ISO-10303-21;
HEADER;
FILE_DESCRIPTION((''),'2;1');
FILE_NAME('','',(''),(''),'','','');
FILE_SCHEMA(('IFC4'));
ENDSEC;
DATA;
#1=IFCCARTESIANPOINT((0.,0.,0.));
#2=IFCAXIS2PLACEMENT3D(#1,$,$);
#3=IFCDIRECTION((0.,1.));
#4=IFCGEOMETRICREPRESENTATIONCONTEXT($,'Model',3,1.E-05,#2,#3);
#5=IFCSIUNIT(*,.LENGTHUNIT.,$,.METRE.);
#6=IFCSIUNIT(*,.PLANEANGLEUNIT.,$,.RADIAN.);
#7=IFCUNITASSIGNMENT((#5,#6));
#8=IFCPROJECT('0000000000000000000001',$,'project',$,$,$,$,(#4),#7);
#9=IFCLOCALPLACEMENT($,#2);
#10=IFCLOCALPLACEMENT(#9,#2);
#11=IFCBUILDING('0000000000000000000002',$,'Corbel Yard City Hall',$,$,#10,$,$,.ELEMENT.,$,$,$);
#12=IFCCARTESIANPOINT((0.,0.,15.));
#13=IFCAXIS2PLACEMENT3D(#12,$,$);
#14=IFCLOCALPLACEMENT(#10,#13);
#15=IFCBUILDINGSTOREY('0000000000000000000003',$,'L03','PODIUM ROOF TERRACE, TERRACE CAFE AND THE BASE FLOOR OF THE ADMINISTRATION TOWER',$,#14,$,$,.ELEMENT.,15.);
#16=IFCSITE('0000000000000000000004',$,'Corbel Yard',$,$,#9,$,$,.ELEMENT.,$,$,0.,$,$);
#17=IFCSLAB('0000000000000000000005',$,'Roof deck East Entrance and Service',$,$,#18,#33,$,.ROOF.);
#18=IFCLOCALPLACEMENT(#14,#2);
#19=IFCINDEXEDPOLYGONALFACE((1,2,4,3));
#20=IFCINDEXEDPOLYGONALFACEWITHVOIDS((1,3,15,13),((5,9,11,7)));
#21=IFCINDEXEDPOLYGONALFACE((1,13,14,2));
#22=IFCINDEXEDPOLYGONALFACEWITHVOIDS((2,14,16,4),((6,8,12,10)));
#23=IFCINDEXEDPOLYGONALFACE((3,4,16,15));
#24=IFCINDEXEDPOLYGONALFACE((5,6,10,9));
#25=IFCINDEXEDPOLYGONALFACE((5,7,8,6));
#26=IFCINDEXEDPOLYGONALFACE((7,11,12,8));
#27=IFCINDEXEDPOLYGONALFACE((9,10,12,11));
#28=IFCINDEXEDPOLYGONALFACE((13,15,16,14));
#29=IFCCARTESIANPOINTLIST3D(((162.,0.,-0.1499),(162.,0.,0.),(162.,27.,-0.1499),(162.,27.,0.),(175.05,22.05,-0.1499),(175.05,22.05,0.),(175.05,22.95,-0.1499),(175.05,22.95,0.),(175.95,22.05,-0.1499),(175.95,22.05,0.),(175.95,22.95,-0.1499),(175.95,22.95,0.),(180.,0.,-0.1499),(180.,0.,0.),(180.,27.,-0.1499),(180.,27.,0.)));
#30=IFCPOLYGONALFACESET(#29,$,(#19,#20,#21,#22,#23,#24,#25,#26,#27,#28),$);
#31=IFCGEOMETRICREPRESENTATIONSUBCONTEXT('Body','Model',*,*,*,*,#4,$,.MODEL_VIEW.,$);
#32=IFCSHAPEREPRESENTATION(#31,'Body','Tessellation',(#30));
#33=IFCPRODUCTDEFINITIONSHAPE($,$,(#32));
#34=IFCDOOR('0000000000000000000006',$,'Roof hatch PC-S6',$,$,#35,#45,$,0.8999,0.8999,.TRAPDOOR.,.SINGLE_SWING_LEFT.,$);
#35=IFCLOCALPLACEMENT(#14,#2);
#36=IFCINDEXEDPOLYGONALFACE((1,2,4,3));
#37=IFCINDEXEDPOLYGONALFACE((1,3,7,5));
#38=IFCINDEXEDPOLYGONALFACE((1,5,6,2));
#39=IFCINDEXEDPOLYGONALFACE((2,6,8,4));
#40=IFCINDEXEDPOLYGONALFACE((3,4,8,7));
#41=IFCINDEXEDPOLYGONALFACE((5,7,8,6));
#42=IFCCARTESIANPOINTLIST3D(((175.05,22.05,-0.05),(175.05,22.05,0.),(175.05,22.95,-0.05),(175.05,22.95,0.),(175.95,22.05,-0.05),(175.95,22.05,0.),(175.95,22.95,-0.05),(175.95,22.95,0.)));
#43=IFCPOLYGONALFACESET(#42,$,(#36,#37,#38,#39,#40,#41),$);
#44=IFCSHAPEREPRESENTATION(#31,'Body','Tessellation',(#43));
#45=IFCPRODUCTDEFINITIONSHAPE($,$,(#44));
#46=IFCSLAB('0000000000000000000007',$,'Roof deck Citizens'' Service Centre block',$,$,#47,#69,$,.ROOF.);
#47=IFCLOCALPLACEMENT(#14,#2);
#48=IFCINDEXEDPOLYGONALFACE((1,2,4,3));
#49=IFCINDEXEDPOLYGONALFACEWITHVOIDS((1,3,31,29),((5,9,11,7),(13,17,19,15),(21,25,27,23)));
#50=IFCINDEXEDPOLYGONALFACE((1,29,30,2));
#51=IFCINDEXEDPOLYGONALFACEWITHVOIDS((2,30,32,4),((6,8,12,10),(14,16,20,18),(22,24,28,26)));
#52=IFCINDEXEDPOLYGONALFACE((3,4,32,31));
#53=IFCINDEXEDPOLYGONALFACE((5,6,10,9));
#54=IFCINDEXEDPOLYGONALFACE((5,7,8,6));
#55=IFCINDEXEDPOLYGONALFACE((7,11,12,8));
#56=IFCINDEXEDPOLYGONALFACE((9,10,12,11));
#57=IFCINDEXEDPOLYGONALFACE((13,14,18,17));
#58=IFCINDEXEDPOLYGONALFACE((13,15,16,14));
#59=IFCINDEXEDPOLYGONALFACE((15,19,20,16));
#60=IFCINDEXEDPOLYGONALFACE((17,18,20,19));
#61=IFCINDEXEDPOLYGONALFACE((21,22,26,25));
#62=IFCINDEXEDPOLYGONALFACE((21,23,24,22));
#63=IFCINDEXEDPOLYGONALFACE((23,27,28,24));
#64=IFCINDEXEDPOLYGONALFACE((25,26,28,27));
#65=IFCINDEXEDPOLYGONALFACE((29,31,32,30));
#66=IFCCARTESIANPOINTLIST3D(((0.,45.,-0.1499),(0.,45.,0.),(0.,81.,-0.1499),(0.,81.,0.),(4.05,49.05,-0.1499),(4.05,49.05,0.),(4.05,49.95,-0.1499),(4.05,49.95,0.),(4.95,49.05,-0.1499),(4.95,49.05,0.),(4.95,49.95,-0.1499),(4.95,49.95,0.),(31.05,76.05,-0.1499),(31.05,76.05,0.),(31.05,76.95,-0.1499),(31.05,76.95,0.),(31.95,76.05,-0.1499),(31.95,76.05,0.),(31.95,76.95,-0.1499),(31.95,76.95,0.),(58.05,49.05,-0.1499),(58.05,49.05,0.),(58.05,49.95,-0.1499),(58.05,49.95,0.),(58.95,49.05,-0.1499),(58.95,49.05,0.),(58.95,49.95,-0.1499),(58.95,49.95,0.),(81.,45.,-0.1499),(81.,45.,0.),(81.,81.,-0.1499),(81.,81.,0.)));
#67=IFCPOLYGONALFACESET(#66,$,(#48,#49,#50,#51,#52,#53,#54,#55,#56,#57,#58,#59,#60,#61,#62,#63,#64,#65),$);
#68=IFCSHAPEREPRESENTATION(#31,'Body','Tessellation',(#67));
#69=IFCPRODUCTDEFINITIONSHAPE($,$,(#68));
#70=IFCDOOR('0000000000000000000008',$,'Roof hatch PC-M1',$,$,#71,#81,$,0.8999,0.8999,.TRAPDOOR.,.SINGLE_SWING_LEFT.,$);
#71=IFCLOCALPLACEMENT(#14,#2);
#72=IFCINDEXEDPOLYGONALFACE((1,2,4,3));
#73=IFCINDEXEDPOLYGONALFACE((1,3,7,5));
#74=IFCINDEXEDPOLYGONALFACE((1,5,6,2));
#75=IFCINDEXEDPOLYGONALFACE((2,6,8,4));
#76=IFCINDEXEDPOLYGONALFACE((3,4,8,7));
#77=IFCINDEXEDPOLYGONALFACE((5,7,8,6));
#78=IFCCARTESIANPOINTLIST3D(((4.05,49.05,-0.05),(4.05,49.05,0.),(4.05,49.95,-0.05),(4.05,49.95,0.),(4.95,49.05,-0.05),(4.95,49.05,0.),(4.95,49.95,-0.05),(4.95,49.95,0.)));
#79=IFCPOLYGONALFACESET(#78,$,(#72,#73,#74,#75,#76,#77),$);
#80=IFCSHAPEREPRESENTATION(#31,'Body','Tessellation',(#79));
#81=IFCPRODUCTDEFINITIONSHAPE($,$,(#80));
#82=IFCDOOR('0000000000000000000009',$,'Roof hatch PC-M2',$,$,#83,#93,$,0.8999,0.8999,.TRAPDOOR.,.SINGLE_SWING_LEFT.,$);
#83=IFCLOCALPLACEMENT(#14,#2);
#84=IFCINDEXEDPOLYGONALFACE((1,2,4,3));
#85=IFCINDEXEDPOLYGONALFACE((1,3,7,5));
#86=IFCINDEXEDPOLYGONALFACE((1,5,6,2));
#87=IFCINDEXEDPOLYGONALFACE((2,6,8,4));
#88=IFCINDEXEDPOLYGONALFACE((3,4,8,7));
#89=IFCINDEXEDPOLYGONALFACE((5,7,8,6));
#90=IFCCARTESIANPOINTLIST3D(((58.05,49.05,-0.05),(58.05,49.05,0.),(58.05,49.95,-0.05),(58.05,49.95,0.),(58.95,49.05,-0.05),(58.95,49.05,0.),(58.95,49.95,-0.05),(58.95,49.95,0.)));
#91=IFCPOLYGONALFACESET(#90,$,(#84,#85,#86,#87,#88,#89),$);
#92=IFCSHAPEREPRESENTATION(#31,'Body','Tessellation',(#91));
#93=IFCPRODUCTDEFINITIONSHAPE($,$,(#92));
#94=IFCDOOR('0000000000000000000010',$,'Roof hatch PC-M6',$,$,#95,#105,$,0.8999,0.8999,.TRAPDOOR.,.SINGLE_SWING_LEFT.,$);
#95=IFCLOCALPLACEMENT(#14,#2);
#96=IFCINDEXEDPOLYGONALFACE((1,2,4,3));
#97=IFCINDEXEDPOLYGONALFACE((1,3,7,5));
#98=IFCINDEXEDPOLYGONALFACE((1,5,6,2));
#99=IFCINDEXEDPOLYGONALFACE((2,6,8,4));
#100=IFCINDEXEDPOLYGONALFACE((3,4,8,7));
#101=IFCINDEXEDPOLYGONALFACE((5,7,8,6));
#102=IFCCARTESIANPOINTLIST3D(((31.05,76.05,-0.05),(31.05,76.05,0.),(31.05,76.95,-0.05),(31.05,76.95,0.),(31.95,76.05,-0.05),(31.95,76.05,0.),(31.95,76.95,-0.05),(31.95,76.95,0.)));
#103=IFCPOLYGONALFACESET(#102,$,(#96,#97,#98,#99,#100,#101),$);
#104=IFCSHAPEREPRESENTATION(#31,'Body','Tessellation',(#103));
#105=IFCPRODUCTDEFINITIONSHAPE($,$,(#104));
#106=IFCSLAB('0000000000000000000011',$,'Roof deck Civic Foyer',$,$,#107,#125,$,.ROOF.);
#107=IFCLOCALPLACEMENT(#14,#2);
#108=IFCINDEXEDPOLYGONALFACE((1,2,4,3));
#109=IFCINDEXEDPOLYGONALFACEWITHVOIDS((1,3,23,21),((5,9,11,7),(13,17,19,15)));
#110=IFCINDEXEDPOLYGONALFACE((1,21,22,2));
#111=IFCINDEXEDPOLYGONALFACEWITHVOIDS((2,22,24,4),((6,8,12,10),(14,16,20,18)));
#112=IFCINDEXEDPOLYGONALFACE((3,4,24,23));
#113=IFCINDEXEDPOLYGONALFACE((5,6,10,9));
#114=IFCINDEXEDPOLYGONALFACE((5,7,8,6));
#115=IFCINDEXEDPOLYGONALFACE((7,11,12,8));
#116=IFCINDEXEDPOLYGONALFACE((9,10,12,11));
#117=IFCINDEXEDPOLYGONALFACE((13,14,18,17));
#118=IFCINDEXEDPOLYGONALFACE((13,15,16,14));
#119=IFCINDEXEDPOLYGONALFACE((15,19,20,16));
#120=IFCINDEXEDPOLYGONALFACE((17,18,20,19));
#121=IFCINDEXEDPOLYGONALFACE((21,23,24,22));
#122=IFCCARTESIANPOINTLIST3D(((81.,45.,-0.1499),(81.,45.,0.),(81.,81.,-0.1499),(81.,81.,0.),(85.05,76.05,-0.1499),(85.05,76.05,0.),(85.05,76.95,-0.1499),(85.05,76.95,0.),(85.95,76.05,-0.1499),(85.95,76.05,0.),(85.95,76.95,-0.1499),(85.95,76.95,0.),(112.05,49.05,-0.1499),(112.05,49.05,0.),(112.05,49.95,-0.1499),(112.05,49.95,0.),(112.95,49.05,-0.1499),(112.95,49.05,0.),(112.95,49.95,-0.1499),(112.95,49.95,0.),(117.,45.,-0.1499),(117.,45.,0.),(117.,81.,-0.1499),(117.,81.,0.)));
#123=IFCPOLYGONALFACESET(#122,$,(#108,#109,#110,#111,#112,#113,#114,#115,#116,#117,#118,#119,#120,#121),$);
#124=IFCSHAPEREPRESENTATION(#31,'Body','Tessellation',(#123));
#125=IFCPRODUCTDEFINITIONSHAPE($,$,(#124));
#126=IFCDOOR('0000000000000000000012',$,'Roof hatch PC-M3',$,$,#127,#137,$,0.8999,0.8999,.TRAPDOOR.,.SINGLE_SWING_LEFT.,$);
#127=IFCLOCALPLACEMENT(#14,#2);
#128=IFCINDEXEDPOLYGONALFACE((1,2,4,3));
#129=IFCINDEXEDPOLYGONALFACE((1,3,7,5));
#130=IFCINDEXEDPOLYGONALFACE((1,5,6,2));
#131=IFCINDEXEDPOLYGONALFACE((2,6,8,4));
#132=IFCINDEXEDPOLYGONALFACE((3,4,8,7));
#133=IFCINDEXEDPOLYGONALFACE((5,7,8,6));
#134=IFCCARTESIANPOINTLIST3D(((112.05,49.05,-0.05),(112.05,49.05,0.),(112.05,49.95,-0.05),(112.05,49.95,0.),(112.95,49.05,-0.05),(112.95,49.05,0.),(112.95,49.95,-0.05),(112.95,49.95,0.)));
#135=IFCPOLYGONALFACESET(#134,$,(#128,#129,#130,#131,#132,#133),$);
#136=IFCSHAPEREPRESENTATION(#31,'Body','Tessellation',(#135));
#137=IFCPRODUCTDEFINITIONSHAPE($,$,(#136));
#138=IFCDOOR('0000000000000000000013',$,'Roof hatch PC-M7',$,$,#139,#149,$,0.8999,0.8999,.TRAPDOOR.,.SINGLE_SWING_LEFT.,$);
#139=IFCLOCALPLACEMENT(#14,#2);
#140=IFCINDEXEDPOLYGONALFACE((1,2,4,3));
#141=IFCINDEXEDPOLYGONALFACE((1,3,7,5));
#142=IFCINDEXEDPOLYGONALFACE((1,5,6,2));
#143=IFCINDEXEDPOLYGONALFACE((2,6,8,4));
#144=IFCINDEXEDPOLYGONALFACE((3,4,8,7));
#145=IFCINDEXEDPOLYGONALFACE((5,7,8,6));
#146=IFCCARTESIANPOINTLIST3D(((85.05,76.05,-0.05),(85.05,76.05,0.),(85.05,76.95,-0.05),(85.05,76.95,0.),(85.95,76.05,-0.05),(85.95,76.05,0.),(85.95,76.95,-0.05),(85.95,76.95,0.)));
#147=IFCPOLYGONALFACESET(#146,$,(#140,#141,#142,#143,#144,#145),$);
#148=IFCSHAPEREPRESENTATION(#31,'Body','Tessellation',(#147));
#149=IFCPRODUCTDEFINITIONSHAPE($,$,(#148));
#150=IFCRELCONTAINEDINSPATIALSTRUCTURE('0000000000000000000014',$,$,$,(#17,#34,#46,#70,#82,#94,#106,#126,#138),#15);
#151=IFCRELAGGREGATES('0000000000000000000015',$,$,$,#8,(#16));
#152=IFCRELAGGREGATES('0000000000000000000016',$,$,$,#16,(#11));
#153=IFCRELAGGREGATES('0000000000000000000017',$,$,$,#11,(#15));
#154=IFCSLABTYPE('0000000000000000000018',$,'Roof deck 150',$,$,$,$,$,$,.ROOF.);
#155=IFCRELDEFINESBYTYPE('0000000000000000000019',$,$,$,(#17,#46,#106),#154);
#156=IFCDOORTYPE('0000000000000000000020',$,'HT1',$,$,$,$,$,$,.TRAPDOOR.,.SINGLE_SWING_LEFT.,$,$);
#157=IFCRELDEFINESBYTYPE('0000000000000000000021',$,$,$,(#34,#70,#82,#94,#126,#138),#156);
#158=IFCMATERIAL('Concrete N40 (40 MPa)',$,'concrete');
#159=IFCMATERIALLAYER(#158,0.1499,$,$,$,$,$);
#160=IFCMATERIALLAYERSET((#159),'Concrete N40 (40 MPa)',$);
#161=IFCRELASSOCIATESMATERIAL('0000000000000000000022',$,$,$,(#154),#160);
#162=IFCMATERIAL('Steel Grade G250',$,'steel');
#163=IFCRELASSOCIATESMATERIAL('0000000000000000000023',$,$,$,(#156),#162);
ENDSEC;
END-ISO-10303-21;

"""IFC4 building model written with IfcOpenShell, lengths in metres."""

from ifc_helpers import new_model, si_unit, direction, frame, origin, origin_2d, place, context, subcontext, project, spatial, polyline, rectangle, outline, extrude, material, layer, layer_set, type_object, element, fill, save


model = new_model("IFC4")

# Units and contexts
model_context = context("Model", 3, precision=1e-05, world=origin(), true_north=direction((0.0, 1.0)))
body_context = subcontext(model_context, "Body", "Model", "MODEL_VIEW")
ifc_project = project(units=[si_unit("LENGTHUNIT", "METRE"), si_unit("PLANEANGLEUNIT", "RADIAN")], contexts=[model_context])

# Site, building, storey
site_placement = place(None, origin())
site = spatial("IfcSite", under=ifc_project, at=site_placement, Name="Corbel Yard", CompositionType="ELEMENT", RefElevation=0.0)
building_placement = place(site_placement, origin())
building = spatial("IfcBuilding", under=site, at=building_placement, Name="Corbel Yard City Hall", CompositionType="ELEMENT")
storey_placement = place(building_placement, frame((0.0, 0.0, 15.0)))
storey = spatial("IfcBuildingStorey", under=building, at=storey_placement, Name="L03", Description="PODIUM ROOF TERRACE, TERRACE CAFE AND THE BASE FLOOR OF THE ADMINISTRATION TOWER", CompositionType="ELEMENT", Elevation=15.0)

# Slab, opening, door
ifc_material_1 = material(Name="Concrete N40 (40 MPa)", Category="concrete")
ifc_layer_1 = layer(ifc_material_1, 0.1499)
ifc_layer_set_1 = layer_set([ifc_layer_1], Name="Concrete N40 (40 MPa)")
slab_type_1 = type_object("IfcSlabType", Name="Roof deck 150", PredefinedType="ROOF", material=ifc_layer_set_1)
slab_1_placement = place(storey_placement, frame((0.0, 0.0, -0.1499)))
slab_1 = element("IfcSlab", 1, at=slab_1_placement, inside=storey, type_object=slab_type_1, Name="Roof deck East Entrance and Service", PredefinedType="ROOF", context=body_context, shape_type="SweptSolid", body=[
    extrude(outline(polyline([(162.0, 0.0), (180.0, 0.0), (180.0, 27.0), (162.0, 27.0), (162.0, 0.0)])), origin(), (0.0, 0.0, 1.0), 0.1499),
])
opening_1_placement = place(slab_1_placement, frame((175.5, 22.5, 0.0)))
opening_1 = element("IfcOpeningElement", 2, at=opening_1_placement, cuts=slab_1, PredefinedType="OPENING", context=body_context, shape_type="SweptSolid", body=[
    extrude(rectangle(XDim=0.8999, YDim=0.8999, at=origin_2d()), frame((0.0, 0.0, -0.01)), (0.0, 0.0, 1.0), 0.1699),
])
ifc_material_2 = material(Name="Steel Grade G250", Category="steel")
door_type = type_object("IfcDoorType", Name="HT1", OperationType="SINGLE_SWING_LEFT", PredefinedType="TRAPDOOR", material=ifc_material_2)
door_1_placement = place(opening_1_placement, frame((0.0, 0.0, 0.0999)))
door_1 = element("IfcDoor", 3, at=door_1_placement, inside=storey, type_object=door_type, Name="Roof hatch PC-S6", OperationType="SINGLE_SWING_LEFT", OverallHeight=0.8999, OverallWidth=0.8999, PredefinedType="TRAPDOOR", context=body_context, shape_type="SweptSolid", body=[
    extrude(rectangle(XDim=0.8999, YDim=0.8999, at=origin_2d()), origin(), (0.0, 0.0, 1.0), 0.05),
])
fill(opening_1, door_1)

# Slabs, openings, doors
slab_2_placement = place(storey_placement, frame((0.0, 0.0, -0.1499)))
slab_2 = element("IfcSlab", 4, at=slab_2_placement, inside=storey, type_object=slab_type_1, Name="Roof deck Citizens' Service Centre block", PredefinedType="ROOF", context=body_context, shape_type="SweptSolid", body=[
    extrude(outline(polyline([(0.0, 45.0), (81.0, 45.0), (81.0, 81.0), (0.0, 81.0), (0.0, 45.0)])), origin(), (0.0, 0.0, 1.0), 0.1499),
])
opening_2_placement = place(slab_2_placement, frame((4.5, 49.5, 0.0)))
opening_2 = element("IfcOpeningElement", 5, at=opening_2_placement, cuts=slab_2, PredefinedType="OPENING", context=body_context, shape_type="SweptSolid", body=[
    extrude(rectangle(XDim=0.8999, YDim=0.8999, at=origin_2d()), frame((0.0, 0.0, -0.01)), (0.0, 0.0, 1.0), 0.1699),
])
opening_3_placement = place(slab_2_placement, frame((58.5, 49.5, 0.0)))
opening_3 = element("IfcOpeningElement", 6, at=opening_3_placement, cuts=slab_2, PredefinedType="OPENING", context=body_context, shape_type="SweptSolid", body=[
    extrude(rectangle(XDim=0.8999, YDim=0.8999, at=origin_2d()), frame((0.0, 0.0, -0.01)), (0.0, 0.0, 1.0), 0.1699),
])
opening_4_placement = place(slab_2_placement, frame((31.5, 76.5, 0.0)))
opening_4 = element("IfcOpeningElement", 7, at=opening_4_placement, cuts=slab_2, PredefinedType="OPENING", context=body_context, shape_type="SweptSolid", body=[
    extrude(rectangle(XDim=0.8999, YDim=0.8999, at=origin_2d()), frame((0.0, 0.0, -0.01)), (0.0, 0.0, 1.0), 0.1699),
])
door_2_placement = place(opening_2_placement, frame((0.0, 0.0, 0.0999)))
door_2 = element("IfcDoor", 8, at=door_2_placement, inside=storey, type_object=door_type, Name="Roof hatch PC-M1", OperationType="SINGLE_SWING_LEFT", OverallHeight=0.8999, OverallWidth=0.8999, PredefinedType="TRAPDOOR", context=body_context, shape_type="SweptSolid", body=[
    extrude(rectangle(XDim=0.8999, YDim=0.8999, at=origin_2d()), origin(), (0.0, 0.0, 1.0), 0.05),
])
fill(opening_2, door_2)
door_3_placement = place(opening_3_placement, frame((0.0, 0.0, 0.0999)))
door_3 = element("IfcDoor", 9, at=door_3_placement, inside=storey, type_object=door_type, Name="Roof hatch PC-M2", OperationType="SINGLE_SWING_LEFT", OverallHeight=0.8999, OverallWidth=0.8999, PredefinedType="TRAPDOOR", context=body_context, shape_type="SweptSolid", body=[
    extrude(rectangle(XDim=0.8999, YDim=0.8999, at=origin_2d()), origin(), (0.0, 0.0, 1.0), 0.05),
])
fill(opening_3, door_3)
door_4_placement = place(opening_4_placement, frame((0.0, 0.0, 0.0999)))
door_4 = element("IfcDoor", 10, at=door_4_placement, inside=storey, type_object=door_type, Name="Roof hatch PC-M6", OperationType="SINGLE_SWING_LEFT", OverallHeight=0.8999, OverallWidth=0.8999, PredefinedType="TRAPDOOR", context=body_context, shape_type="SweptSolid", body=[
    extrude(rectangle(XDim=0.8999, YDim=0.8999, at=origin_2d()), origin(), (0.0, 0.0, 1.0), 0.05),
])
fill(opening_4, door_4)
slab_3_placement = place(storey_placement, frame((0.0, 0.0, -0.1499)))
slab_3 = element("IfcSlab", 11, at=slab_3_placement, inside=storey, type_object=slab_type_1, Name="Roof deck Civic Foyer", PredefinedType="ROOF", context=body_context, shape_type="SweptSolid", body=[
    extrude(outline(polyline([(81.0, 45.0), (117.0, 45.0), (117.0, 81.0), (81.0, 81.0), (81.0, 45.0)])), origin(), (0.0, 0.0, 1.0), 0.1499),
])
opening_5_placement = place(slab_3_placement, frame((112.5, 49.5, 0.0)))
opening_5 = element("IfcOpeningElement", 12, at=opening_5_placement, cuts=slab_3, PredefinedType="OPENING", context=body_context, shape_type="SweptSolid", body=[
    extrude(rectangle(XDim=0.8999, YDim=0.8999, at=origin_2d()), frame((0.0, 0.0, -0.01)), (0.0, 0.0, 1.0), 0.1699),
])
opening_6_placement = place(slab_3_placement, frame((85.5, 76.5, 0.0)))
opening_6 = element("IfcOpeningElement", 13, at=opening_6_placement, cuts=slab_3, PredefinedType="OPENING", context=body_context, shape_type="SweptSolid", body=[
    extrude(rectangle(XDim=0.8999, YDim=0.8999, at=origin_2d()), frame((0.0, 0.0, -0.01)), (0.0, 0.0, 1.0), 0.1699),
])
door_5_placement = place(opening_5_placement, frame((0.0, 0.0, 0.0999)))
door_5 = element("IfcDoor", 14, at=door_5_placement, inside=storey, type_object=door_type, Name="Roof hatch PC-M3", OperationType="SINGLE_SWING_LEFT", OverallHeight=0.8999, OverallWidth=0.8999, PredefinedType="TRAPDOOR", context=body_context, shape_type="SweptSolid", body=[
    extrude(rectangle(XDim=0.8999, YDim=0.8999, at=origin_2d()), origin(), (0.0, 0.0, 1.0), 0.05),
])
fill(opening_5, door_5)
door_6_placement = place(opening_6_placement, frame((0.0, 0.0, 0.0999)))
door_6 = element("IfcDoor", 15, at=door_6_placement, inside=storey, type_object=door_type, Name="Roof hatch PC-M7", OperationType="SINGLE_SWING_LEFT", OverallHeight=0.8999, OverallWidth=0.8999, PredefinedType="TRAPDOOR", context=body_context, shape_type="SweptSolid", body=[
    extrude(rectangle(XDim=0.8999, YDim=0.8999, at=origin_2d()), origin(), (0.0, 0.0, 1.0), 0.05),
])
fill(opening_6, door_6)

save(model, "model.ifc")
